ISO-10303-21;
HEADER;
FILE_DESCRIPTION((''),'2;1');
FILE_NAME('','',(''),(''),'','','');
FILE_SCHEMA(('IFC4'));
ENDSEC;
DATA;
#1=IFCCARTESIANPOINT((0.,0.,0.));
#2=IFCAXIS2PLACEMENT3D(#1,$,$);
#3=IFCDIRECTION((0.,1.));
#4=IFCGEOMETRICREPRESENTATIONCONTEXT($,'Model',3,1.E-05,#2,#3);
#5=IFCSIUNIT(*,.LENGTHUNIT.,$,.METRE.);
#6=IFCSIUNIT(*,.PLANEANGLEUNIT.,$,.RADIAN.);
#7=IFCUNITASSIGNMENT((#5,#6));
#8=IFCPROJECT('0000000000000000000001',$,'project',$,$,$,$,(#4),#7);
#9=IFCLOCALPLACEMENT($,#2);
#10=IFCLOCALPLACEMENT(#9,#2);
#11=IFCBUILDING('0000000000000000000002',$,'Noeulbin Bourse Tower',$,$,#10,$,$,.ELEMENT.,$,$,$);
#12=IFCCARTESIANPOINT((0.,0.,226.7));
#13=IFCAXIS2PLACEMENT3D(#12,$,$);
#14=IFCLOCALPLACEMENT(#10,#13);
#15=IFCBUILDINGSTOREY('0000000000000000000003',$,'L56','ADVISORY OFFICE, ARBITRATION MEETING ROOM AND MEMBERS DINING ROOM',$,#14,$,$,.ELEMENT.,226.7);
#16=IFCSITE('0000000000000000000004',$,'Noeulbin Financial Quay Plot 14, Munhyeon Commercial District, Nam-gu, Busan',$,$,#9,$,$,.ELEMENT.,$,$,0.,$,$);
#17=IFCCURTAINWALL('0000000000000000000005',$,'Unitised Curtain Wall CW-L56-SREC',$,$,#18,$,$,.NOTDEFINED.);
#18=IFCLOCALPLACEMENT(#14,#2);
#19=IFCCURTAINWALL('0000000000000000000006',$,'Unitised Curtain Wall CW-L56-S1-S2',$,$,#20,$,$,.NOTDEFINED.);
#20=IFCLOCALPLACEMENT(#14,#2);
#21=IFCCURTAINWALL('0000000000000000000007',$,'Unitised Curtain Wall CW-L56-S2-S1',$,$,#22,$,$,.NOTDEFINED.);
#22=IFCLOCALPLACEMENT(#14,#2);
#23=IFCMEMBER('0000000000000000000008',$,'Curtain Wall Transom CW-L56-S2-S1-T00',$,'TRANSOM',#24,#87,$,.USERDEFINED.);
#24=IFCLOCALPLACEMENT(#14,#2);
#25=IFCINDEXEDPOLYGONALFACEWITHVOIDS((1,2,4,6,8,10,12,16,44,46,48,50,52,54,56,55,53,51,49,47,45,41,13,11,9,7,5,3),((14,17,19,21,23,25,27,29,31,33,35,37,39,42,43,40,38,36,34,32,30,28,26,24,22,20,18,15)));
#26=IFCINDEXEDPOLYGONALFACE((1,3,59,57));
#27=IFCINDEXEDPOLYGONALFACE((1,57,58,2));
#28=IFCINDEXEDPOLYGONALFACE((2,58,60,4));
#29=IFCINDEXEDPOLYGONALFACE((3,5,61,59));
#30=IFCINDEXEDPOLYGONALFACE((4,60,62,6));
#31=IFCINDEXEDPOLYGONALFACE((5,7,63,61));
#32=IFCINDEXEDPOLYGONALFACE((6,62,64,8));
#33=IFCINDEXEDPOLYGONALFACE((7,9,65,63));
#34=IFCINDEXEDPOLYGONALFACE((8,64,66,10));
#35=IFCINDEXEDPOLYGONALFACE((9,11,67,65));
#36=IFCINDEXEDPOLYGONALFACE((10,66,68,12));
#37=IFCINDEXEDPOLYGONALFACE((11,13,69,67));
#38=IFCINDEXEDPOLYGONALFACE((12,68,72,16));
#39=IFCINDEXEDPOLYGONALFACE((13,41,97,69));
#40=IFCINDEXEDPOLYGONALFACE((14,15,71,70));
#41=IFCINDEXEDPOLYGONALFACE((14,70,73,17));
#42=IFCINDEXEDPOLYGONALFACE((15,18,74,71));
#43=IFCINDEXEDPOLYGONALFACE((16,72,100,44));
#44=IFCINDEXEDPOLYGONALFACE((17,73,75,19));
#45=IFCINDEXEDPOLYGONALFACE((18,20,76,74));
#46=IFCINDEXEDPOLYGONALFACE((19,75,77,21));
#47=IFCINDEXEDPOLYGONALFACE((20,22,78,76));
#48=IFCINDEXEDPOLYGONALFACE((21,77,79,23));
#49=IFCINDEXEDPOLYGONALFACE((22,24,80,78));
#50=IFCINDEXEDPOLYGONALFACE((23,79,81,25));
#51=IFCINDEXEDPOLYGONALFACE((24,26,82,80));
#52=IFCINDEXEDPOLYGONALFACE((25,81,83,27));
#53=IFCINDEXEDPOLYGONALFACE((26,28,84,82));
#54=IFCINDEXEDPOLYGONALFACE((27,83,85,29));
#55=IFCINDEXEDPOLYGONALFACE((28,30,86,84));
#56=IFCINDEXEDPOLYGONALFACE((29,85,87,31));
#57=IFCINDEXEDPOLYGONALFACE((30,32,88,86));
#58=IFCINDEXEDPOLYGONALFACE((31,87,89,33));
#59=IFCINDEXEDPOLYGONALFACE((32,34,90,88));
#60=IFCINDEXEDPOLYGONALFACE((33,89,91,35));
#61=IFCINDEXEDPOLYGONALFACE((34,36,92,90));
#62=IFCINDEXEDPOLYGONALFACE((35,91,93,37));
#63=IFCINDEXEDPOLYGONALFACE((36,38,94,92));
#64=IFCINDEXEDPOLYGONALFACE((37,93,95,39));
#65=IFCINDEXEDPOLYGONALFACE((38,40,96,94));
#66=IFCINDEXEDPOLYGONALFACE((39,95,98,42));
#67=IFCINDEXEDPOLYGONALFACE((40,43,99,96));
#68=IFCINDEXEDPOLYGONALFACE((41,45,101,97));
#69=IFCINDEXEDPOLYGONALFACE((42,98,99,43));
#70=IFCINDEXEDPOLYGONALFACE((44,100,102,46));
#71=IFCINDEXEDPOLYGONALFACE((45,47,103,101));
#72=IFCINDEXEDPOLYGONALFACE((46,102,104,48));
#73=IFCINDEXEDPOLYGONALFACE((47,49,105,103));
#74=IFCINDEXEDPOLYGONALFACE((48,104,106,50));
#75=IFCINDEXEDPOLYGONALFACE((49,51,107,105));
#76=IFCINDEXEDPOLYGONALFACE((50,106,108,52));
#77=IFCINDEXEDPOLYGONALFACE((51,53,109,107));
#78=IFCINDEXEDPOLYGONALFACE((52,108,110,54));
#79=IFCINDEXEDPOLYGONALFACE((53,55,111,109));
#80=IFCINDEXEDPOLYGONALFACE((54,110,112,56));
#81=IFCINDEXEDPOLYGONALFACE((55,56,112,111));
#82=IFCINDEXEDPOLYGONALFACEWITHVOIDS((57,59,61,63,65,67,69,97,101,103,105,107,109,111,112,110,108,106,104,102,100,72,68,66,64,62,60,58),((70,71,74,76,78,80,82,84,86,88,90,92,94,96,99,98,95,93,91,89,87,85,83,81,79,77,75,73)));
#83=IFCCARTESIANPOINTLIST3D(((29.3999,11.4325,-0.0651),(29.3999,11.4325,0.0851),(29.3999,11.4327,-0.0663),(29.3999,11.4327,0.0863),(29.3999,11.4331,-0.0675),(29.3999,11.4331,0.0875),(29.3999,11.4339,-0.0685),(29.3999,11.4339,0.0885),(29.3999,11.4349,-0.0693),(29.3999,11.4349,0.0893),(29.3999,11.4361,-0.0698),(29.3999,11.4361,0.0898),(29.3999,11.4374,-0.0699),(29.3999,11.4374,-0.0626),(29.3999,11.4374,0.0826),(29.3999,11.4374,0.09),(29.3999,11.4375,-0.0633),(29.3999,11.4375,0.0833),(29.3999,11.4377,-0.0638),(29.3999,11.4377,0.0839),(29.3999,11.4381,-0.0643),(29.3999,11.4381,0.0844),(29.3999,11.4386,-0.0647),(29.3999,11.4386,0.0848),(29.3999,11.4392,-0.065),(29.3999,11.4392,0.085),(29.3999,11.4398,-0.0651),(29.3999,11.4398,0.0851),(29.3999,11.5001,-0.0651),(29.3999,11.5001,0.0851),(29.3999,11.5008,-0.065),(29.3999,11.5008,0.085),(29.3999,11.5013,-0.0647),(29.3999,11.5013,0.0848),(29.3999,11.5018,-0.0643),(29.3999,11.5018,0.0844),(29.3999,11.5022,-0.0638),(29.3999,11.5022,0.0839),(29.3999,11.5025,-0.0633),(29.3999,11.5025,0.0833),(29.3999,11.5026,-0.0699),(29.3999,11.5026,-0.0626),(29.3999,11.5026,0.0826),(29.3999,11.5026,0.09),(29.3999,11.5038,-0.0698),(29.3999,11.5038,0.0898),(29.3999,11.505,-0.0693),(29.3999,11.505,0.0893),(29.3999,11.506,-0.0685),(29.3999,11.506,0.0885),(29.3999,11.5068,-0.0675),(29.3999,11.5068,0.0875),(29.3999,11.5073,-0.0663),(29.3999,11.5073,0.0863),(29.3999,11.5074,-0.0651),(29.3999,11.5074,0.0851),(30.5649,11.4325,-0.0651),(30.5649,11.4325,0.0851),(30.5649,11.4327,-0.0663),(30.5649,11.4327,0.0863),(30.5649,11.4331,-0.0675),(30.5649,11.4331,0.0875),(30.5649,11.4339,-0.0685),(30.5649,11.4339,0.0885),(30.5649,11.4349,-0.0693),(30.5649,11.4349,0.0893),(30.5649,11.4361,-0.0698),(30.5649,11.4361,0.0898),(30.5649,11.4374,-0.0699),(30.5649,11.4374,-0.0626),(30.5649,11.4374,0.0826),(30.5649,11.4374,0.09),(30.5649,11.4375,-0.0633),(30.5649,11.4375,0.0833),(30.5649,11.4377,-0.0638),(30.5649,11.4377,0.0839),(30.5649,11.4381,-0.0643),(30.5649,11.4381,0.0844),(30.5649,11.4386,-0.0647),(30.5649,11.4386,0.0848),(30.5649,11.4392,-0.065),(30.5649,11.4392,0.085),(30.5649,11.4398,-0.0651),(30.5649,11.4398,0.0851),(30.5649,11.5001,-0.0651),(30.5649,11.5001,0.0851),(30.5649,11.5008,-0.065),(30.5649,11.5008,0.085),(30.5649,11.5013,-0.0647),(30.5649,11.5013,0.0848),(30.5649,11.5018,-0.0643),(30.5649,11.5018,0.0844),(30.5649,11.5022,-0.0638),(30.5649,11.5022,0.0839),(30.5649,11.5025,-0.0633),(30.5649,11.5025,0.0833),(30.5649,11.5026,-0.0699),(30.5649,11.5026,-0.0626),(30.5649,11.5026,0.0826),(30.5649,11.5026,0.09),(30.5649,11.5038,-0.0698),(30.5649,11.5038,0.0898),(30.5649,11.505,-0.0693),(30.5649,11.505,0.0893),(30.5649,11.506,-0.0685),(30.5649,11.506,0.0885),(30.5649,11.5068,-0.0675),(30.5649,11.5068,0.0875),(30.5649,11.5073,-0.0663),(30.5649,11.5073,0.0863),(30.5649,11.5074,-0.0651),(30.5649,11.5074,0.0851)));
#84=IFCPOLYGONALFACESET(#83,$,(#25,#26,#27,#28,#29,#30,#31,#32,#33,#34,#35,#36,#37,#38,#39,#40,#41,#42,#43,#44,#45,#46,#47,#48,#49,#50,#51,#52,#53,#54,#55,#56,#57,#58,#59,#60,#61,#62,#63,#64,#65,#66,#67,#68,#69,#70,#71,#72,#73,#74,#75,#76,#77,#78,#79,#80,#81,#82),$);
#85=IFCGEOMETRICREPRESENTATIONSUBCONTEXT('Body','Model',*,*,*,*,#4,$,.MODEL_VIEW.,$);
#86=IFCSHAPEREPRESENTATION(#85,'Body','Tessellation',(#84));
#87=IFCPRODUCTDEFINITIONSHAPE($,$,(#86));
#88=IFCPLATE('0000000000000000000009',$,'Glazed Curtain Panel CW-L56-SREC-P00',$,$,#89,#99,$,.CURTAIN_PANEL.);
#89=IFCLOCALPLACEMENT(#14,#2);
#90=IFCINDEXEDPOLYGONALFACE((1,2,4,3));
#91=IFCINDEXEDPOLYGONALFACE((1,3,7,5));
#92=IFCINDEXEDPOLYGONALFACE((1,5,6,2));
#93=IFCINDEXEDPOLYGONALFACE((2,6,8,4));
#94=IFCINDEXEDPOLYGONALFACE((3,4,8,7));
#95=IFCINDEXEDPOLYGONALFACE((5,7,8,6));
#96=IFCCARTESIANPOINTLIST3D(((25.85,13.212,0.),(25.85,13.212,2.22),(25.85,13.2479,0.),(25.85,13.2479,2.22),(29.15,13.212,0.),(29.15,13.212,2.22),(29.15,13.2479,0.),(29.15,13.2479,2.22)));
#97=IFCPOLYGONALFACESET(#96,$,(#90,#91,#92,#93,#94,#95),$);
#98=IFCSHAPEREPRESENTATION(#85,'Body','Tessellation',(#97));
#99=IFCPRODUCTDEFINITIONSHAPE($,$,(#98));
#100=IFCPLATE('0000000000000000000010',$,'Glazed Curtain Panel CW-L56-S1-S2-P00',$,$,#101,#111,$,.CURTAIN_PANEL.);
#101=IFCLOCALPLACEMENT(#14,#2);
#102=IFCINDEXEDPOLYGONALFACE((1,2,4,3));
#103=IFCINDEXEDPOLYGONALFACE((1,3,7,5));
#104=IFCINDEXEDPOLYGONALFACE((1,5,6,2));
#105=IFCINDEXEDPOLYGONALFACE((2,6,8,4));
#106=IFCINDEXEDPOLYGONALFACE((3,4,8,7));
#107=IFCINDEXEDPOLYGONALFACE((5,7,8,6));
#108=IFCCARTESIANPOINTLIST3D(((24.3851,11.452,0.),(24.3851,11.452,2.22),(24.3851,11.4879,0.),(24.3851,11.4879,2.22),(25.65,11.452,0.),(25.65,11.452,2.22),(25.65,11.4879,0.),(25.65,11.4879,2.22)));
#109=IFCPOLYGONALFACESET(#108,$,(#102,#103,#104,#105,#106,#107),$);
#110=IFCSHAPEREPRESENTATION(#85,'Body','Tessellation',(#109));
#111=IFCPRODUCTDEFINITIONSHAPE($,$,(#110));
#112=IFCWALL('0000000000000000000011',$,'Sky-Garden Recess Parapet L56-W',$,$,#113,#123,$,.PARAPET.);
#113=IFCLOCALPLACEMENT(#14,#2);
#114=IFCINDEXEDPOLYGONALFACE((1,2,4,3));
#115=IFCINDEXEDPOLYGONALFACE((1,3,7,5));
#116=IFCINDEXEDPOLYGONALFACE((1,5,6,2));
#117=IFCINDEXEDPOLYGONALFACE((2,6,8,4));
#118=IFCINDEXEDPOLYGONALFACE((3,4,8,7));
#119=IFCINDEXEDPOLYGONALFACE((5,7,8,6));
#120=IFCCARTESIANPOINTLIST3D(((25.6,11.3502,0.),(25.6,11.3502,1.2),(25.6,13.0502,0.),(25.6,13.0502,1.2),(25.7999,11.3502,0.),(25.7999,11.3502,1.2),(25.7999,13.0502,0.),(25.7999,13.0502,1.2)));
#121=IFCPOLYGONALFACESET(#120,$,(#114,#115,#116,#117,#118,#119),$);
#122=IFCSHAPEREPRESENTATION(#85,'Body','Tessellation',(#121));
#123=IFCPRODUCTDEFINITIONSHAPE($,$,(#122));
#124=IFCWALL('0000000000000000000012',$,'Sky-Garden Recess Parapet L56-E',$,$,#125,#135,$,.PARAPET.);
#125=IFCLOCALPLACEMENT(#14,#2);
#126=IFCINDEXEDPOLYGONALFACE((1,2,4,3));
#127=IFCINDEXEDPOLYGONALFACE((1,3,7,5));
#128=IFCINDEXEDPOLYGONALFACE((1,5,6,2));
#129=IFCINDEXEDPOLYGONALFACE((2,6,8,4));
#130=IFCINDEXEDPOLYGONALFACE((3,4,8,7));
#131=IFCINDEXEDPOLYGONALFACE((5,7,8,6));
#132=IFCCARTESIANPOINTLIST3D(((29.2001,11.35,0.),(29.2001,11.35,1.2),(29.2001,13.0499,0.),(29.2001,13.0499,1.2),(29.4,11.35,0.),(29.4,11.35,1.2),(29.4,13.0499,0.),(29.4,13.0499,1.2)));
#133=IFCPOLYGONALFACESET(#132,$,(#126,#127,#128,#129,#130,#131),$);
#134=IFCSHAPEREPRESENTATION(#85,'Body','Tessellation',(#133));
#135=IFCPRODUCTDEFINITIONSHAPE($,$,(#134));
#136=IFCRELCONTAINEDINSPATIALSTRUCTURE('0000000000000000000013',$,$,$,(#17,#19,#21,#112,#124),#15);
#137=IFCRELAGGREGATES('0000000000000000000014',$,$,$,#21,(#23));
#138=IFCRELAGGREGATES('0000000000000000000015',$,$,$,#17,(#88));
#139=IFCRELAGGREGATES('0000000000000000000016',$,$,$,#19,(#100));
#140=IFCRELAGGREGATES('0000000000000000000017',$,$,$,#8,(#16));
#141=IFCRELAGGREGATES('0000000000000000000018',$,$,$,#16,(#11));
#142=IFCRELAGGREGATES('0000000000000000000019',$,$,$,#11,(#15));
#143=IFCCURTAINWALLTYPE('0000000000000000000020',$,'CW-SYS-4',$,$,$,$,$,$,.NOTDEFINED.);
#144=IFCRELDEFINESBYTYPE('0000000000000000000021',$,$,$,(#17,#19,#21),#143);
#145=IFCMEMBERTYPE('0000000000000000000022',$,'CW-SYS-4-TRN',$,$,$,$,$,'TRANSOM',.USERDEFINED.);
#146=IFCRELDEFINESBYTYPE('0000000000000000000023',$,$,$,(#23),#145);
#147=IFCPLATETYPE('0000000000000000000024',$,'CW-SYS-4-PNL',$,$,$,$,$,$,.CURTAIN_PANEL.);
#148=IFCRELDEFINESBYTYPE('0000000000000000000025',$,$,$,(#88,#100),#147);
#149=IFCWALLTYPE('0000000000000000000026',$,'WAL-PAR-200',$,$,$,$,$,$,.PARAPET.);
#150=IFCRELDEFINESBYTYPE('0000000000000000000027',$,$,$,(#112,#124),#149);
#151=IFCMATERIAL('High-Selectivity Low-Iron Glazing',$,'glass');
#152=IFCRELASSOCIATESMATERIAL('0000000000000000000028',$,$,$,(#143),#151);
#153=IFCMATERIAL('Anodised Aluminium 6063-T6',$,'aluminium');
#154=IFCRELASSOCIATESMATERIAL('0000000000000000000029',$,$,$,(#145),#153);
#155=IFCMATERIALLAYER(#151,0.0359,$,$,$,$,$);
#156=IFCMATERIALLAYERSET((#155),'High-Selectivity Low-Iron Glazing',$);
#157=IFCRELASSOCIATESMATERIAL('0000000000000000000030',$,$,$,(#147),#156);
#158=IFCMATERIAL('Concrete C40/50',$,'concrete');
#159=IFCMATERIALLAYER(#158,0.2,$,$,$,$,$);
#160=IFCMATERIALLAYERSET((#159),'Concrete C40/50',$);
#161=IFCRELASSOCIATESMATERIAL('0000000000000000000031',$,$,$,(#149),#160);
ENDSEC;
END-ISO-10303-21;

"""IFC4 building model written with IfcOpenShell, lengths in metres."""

from ifc_helpers import new_model, si_unit, direction, frame, frame_2d, origin, origin_2d, place, context, subcontext, project, spatial, rectangle, hollow_rectangle, extrude, material, layer, layer_set, material_profile, profile_set, type_object, element, aggregate, save


model = new_model("IFC4")

# Units and contexts
model_context = context("Model", 3, precision=1e-05, world=origin(), true_north=direction((0.0, 1.0)))
body_context = subcontext(model_context, "Body", "Model", "MODEL_VIEW")
ifc_project = project(units=[si_unit("LENGTHUNIT", "METRE"), si_unit("PLANEANGLEUNIT", "RADIAN")], contexts=[model_context])

# Site, building, storey
site_placement = place(None, origin())
site = spatial("IfcSite", under=ifc_project, at=site_placement, Name="Noeulbin Financial Quay Plot 14, Munhyeon Commercial District, Nam-gu, Busan", CompositionType="ELEMENT", RefElevation=0.0)
building_placement = place(site_placement, origin())
building = spatial("IfcBuilding", under=site, at=building_placement, Name="Noeulbin Bourse Tower", CompositionType="ELEMENT")
storey_placement = place(building_placement, frame((0.0, 0.0, 226.7)))
storey = spatial("IfcBuildingStorey", under=building, at=storey_placement, Name="L56", Description="ADVISORY OFFICE, ARBITRATION MEETING ROOM AND MEMBERS DINING ROOM", CompositionType="ELEMENT", Elevation=226.7)

# Curtain wall
ifc_material_1 = material(Name="High-Selectivity Low-Iron Glazing", Category="glass")
curtain_wall_type = type_object("IfcCurtainWallType", Name="CW-SYS-4", PredefinedType="NOTDEFINED", material=ifc_material_1)
curtain_wall_1_placement = place(storey_placement, origin())
curtain_wall_1 = element("IfcCurtainWall", 1, at=curtain_wall_1_placement, inside=storey, type_object=curtain_wall_type, Name="Unitised Curtain Wall CW-L56-SREC", PredefinedType="NOTDEFINED")
ifc_material_2 = material(Name="Anodised Aluminium 6063-T6", Category="aluminium")

# Curtain walls
curtain_wall_2_placement = place(storey_placement, origin())
curtain_wall_2 = element("IfcCurtainWall", 2, at=curtain_wall_2_placement, inside=storey, type_object=curtain_wall_type, Name="Unitised Curtain Wall CW-L56-S1-S2", PredefinedType="NOTDEFINED")
curtain_wall_3_placement = place(storey_placement, origin())
curtain_wall_3 = element("IfcCurtainWall", 3, at=curtain_wall_3_placement, inside=storey, type_object=curtain_wall_type, Name="Unitised Curtain Wall CW-L56-S2-S1", PredefinedType="NOTDEFINED")

# Member
ifc_material_profile_1 = material_profile(ifc_material_2, hollow_rectangle(XDim=0.075, YDim=0.1599, WallThickness=0.0049, InnerFilletRadius=0.0024, OuterFilletRadius=0.0049, at=origin_2d()), Name="ALU-TRAN-75x160x5", Category="LoadBearing")
ifc_profile_set_1 = profile_set([ifc_material_profile_1], Name="Anodised Aluminium 6063-T6")
member_type_1 = type_object("IfcMemberType", Name="CW-SYS-4-TRN", ElementType="TRANSOM", PredefinedType="USERDEFINED", material=ifc_profile_set_1)
member_1_placement = place(storey_placement, frame((29.3999, 11.47, 0.01), z_axis=(1.0, 0.0, 0.0), x_axis=(0.0, 1.0, 0.0)))
member_1 = element("IfcMember", 4, at=member_1_placement, type_object=member_type_1, Name="Curtain Wall Transom CW-L56-S2-S1-T00", ObjectType="TRANSOM", PredefinedType="USERDEFINED", context=body_context, shape_type="SweptSolid", body=[
    extrude(hollow_rectangle(XDim=0.075, YDim=0.1599, WallThickness=0.0049, InnerFilletRadius=0.0024, OuterFilletRadius=0.0049, at=origin_2d()), origin(), (0.0, 0.0, 1.0), 1.165),
])
aggregate(curtain_wall_3, [member_1])

# Plates
ifc_layer_1 = layer(ifc_material_1, 0.0359)
ifc_layer_set_1 = layer_set([ifc_layer_1], Name="High-Selectivity Low-Iron Glazing")
plate_type = type_object("IfcPlateType", Name="CW-SYS-4-PNL", PredefinedType="CURTAIN_PANEL", material=ifc_layer_set_1)
plate_1_placement = place(storey_placement, frame((27.5, 13.23, 0.0), z_axis=(0.0, 0.0, 1.0), x_axis=(1.0, 0.0, 0.0)))
plate_1 = element("IfcPlate", 5, at=plate_1_placement, type_object=plate_type, Name="Glazed Curtain Panel CW-L56-SREC-P00", PredefinedType="CURTAIN_PANEL", context=body_context, shape_type="SweptSolid", body=[
    extrude(rectangle(XDim=3.3, YDim=0.0359, at=origin_2d()), origin(), (0.0, 0.0, 1.0), 2.22),
])
aggregate(curtain_wall_1, [plate_1])
plate_2_placement = place(storey_placement, frame((25.0176, 11.47, 0.0), z_axis=(0.0, 0.0, 1.0), x_axis=(1.0, 0.0, 0.0)))
plate_2 = element("IfcPlate", 6, at=plate_2_placement, type_object=plate_type, Name="Glazed Curtain Panel CW-L56-S1-S2-P00", PredefinedType="CURTAIN_PANEL", context=body_context, shape_type="SweptSolid", body=[
    extrude(rectangle(XDim=1.2649, YDim=0.0359, at=origin_2d()), origin(), (0.0, 0.0, 1.0), 2.22),
])
aggregate(curtain_wall_2, [plate_2])

# Walls
ifc_material_3 = material(Name="Concrete C40/50", Category="concrete")
ifc_layer_2 = layer(ifc_material_3, 0.2)
ifc_layer_set_2 = layer_set([ifc_layer_2], Name="Concrete C40/50")
wall_type = type_object("IfcWallType", Name="WAL-PAR-200", PredefinedType="PARAPET", material=ifc_layer_set_2)
for number, where, z_axis, x_axis, name in (
    (7, (25.7, 11.3501, 0.0), (0.0, 0.0, 1.0), (0.0, 1.0, 0.0), "Sky-Garden Recess Parapet L56-W"),
    (8, (29.3, 13.05, 0.0), (0.0, 0.0, 1.0), (0.0, -1.0, 0.0), "Sky-Garden Recess Parapet L56-E"),
):
    element("IfcWall", number, at=place(storey_placement, frame(where, z_axis=z_axis, x_axis=x_axis)), inside=storey, type_object=wall_type, Name=name, PredefinedType="PARAPET", context=body_context, shape_type="SweptSolid", body=[
        extrude(rectangle(XDim=1.7, YDim=0.2, at=frame_2d((0.8501, 0.0))), origin(), (0.0, 0.0, 1.0), 1.2),
    ])

save(model, "model.ifc")
